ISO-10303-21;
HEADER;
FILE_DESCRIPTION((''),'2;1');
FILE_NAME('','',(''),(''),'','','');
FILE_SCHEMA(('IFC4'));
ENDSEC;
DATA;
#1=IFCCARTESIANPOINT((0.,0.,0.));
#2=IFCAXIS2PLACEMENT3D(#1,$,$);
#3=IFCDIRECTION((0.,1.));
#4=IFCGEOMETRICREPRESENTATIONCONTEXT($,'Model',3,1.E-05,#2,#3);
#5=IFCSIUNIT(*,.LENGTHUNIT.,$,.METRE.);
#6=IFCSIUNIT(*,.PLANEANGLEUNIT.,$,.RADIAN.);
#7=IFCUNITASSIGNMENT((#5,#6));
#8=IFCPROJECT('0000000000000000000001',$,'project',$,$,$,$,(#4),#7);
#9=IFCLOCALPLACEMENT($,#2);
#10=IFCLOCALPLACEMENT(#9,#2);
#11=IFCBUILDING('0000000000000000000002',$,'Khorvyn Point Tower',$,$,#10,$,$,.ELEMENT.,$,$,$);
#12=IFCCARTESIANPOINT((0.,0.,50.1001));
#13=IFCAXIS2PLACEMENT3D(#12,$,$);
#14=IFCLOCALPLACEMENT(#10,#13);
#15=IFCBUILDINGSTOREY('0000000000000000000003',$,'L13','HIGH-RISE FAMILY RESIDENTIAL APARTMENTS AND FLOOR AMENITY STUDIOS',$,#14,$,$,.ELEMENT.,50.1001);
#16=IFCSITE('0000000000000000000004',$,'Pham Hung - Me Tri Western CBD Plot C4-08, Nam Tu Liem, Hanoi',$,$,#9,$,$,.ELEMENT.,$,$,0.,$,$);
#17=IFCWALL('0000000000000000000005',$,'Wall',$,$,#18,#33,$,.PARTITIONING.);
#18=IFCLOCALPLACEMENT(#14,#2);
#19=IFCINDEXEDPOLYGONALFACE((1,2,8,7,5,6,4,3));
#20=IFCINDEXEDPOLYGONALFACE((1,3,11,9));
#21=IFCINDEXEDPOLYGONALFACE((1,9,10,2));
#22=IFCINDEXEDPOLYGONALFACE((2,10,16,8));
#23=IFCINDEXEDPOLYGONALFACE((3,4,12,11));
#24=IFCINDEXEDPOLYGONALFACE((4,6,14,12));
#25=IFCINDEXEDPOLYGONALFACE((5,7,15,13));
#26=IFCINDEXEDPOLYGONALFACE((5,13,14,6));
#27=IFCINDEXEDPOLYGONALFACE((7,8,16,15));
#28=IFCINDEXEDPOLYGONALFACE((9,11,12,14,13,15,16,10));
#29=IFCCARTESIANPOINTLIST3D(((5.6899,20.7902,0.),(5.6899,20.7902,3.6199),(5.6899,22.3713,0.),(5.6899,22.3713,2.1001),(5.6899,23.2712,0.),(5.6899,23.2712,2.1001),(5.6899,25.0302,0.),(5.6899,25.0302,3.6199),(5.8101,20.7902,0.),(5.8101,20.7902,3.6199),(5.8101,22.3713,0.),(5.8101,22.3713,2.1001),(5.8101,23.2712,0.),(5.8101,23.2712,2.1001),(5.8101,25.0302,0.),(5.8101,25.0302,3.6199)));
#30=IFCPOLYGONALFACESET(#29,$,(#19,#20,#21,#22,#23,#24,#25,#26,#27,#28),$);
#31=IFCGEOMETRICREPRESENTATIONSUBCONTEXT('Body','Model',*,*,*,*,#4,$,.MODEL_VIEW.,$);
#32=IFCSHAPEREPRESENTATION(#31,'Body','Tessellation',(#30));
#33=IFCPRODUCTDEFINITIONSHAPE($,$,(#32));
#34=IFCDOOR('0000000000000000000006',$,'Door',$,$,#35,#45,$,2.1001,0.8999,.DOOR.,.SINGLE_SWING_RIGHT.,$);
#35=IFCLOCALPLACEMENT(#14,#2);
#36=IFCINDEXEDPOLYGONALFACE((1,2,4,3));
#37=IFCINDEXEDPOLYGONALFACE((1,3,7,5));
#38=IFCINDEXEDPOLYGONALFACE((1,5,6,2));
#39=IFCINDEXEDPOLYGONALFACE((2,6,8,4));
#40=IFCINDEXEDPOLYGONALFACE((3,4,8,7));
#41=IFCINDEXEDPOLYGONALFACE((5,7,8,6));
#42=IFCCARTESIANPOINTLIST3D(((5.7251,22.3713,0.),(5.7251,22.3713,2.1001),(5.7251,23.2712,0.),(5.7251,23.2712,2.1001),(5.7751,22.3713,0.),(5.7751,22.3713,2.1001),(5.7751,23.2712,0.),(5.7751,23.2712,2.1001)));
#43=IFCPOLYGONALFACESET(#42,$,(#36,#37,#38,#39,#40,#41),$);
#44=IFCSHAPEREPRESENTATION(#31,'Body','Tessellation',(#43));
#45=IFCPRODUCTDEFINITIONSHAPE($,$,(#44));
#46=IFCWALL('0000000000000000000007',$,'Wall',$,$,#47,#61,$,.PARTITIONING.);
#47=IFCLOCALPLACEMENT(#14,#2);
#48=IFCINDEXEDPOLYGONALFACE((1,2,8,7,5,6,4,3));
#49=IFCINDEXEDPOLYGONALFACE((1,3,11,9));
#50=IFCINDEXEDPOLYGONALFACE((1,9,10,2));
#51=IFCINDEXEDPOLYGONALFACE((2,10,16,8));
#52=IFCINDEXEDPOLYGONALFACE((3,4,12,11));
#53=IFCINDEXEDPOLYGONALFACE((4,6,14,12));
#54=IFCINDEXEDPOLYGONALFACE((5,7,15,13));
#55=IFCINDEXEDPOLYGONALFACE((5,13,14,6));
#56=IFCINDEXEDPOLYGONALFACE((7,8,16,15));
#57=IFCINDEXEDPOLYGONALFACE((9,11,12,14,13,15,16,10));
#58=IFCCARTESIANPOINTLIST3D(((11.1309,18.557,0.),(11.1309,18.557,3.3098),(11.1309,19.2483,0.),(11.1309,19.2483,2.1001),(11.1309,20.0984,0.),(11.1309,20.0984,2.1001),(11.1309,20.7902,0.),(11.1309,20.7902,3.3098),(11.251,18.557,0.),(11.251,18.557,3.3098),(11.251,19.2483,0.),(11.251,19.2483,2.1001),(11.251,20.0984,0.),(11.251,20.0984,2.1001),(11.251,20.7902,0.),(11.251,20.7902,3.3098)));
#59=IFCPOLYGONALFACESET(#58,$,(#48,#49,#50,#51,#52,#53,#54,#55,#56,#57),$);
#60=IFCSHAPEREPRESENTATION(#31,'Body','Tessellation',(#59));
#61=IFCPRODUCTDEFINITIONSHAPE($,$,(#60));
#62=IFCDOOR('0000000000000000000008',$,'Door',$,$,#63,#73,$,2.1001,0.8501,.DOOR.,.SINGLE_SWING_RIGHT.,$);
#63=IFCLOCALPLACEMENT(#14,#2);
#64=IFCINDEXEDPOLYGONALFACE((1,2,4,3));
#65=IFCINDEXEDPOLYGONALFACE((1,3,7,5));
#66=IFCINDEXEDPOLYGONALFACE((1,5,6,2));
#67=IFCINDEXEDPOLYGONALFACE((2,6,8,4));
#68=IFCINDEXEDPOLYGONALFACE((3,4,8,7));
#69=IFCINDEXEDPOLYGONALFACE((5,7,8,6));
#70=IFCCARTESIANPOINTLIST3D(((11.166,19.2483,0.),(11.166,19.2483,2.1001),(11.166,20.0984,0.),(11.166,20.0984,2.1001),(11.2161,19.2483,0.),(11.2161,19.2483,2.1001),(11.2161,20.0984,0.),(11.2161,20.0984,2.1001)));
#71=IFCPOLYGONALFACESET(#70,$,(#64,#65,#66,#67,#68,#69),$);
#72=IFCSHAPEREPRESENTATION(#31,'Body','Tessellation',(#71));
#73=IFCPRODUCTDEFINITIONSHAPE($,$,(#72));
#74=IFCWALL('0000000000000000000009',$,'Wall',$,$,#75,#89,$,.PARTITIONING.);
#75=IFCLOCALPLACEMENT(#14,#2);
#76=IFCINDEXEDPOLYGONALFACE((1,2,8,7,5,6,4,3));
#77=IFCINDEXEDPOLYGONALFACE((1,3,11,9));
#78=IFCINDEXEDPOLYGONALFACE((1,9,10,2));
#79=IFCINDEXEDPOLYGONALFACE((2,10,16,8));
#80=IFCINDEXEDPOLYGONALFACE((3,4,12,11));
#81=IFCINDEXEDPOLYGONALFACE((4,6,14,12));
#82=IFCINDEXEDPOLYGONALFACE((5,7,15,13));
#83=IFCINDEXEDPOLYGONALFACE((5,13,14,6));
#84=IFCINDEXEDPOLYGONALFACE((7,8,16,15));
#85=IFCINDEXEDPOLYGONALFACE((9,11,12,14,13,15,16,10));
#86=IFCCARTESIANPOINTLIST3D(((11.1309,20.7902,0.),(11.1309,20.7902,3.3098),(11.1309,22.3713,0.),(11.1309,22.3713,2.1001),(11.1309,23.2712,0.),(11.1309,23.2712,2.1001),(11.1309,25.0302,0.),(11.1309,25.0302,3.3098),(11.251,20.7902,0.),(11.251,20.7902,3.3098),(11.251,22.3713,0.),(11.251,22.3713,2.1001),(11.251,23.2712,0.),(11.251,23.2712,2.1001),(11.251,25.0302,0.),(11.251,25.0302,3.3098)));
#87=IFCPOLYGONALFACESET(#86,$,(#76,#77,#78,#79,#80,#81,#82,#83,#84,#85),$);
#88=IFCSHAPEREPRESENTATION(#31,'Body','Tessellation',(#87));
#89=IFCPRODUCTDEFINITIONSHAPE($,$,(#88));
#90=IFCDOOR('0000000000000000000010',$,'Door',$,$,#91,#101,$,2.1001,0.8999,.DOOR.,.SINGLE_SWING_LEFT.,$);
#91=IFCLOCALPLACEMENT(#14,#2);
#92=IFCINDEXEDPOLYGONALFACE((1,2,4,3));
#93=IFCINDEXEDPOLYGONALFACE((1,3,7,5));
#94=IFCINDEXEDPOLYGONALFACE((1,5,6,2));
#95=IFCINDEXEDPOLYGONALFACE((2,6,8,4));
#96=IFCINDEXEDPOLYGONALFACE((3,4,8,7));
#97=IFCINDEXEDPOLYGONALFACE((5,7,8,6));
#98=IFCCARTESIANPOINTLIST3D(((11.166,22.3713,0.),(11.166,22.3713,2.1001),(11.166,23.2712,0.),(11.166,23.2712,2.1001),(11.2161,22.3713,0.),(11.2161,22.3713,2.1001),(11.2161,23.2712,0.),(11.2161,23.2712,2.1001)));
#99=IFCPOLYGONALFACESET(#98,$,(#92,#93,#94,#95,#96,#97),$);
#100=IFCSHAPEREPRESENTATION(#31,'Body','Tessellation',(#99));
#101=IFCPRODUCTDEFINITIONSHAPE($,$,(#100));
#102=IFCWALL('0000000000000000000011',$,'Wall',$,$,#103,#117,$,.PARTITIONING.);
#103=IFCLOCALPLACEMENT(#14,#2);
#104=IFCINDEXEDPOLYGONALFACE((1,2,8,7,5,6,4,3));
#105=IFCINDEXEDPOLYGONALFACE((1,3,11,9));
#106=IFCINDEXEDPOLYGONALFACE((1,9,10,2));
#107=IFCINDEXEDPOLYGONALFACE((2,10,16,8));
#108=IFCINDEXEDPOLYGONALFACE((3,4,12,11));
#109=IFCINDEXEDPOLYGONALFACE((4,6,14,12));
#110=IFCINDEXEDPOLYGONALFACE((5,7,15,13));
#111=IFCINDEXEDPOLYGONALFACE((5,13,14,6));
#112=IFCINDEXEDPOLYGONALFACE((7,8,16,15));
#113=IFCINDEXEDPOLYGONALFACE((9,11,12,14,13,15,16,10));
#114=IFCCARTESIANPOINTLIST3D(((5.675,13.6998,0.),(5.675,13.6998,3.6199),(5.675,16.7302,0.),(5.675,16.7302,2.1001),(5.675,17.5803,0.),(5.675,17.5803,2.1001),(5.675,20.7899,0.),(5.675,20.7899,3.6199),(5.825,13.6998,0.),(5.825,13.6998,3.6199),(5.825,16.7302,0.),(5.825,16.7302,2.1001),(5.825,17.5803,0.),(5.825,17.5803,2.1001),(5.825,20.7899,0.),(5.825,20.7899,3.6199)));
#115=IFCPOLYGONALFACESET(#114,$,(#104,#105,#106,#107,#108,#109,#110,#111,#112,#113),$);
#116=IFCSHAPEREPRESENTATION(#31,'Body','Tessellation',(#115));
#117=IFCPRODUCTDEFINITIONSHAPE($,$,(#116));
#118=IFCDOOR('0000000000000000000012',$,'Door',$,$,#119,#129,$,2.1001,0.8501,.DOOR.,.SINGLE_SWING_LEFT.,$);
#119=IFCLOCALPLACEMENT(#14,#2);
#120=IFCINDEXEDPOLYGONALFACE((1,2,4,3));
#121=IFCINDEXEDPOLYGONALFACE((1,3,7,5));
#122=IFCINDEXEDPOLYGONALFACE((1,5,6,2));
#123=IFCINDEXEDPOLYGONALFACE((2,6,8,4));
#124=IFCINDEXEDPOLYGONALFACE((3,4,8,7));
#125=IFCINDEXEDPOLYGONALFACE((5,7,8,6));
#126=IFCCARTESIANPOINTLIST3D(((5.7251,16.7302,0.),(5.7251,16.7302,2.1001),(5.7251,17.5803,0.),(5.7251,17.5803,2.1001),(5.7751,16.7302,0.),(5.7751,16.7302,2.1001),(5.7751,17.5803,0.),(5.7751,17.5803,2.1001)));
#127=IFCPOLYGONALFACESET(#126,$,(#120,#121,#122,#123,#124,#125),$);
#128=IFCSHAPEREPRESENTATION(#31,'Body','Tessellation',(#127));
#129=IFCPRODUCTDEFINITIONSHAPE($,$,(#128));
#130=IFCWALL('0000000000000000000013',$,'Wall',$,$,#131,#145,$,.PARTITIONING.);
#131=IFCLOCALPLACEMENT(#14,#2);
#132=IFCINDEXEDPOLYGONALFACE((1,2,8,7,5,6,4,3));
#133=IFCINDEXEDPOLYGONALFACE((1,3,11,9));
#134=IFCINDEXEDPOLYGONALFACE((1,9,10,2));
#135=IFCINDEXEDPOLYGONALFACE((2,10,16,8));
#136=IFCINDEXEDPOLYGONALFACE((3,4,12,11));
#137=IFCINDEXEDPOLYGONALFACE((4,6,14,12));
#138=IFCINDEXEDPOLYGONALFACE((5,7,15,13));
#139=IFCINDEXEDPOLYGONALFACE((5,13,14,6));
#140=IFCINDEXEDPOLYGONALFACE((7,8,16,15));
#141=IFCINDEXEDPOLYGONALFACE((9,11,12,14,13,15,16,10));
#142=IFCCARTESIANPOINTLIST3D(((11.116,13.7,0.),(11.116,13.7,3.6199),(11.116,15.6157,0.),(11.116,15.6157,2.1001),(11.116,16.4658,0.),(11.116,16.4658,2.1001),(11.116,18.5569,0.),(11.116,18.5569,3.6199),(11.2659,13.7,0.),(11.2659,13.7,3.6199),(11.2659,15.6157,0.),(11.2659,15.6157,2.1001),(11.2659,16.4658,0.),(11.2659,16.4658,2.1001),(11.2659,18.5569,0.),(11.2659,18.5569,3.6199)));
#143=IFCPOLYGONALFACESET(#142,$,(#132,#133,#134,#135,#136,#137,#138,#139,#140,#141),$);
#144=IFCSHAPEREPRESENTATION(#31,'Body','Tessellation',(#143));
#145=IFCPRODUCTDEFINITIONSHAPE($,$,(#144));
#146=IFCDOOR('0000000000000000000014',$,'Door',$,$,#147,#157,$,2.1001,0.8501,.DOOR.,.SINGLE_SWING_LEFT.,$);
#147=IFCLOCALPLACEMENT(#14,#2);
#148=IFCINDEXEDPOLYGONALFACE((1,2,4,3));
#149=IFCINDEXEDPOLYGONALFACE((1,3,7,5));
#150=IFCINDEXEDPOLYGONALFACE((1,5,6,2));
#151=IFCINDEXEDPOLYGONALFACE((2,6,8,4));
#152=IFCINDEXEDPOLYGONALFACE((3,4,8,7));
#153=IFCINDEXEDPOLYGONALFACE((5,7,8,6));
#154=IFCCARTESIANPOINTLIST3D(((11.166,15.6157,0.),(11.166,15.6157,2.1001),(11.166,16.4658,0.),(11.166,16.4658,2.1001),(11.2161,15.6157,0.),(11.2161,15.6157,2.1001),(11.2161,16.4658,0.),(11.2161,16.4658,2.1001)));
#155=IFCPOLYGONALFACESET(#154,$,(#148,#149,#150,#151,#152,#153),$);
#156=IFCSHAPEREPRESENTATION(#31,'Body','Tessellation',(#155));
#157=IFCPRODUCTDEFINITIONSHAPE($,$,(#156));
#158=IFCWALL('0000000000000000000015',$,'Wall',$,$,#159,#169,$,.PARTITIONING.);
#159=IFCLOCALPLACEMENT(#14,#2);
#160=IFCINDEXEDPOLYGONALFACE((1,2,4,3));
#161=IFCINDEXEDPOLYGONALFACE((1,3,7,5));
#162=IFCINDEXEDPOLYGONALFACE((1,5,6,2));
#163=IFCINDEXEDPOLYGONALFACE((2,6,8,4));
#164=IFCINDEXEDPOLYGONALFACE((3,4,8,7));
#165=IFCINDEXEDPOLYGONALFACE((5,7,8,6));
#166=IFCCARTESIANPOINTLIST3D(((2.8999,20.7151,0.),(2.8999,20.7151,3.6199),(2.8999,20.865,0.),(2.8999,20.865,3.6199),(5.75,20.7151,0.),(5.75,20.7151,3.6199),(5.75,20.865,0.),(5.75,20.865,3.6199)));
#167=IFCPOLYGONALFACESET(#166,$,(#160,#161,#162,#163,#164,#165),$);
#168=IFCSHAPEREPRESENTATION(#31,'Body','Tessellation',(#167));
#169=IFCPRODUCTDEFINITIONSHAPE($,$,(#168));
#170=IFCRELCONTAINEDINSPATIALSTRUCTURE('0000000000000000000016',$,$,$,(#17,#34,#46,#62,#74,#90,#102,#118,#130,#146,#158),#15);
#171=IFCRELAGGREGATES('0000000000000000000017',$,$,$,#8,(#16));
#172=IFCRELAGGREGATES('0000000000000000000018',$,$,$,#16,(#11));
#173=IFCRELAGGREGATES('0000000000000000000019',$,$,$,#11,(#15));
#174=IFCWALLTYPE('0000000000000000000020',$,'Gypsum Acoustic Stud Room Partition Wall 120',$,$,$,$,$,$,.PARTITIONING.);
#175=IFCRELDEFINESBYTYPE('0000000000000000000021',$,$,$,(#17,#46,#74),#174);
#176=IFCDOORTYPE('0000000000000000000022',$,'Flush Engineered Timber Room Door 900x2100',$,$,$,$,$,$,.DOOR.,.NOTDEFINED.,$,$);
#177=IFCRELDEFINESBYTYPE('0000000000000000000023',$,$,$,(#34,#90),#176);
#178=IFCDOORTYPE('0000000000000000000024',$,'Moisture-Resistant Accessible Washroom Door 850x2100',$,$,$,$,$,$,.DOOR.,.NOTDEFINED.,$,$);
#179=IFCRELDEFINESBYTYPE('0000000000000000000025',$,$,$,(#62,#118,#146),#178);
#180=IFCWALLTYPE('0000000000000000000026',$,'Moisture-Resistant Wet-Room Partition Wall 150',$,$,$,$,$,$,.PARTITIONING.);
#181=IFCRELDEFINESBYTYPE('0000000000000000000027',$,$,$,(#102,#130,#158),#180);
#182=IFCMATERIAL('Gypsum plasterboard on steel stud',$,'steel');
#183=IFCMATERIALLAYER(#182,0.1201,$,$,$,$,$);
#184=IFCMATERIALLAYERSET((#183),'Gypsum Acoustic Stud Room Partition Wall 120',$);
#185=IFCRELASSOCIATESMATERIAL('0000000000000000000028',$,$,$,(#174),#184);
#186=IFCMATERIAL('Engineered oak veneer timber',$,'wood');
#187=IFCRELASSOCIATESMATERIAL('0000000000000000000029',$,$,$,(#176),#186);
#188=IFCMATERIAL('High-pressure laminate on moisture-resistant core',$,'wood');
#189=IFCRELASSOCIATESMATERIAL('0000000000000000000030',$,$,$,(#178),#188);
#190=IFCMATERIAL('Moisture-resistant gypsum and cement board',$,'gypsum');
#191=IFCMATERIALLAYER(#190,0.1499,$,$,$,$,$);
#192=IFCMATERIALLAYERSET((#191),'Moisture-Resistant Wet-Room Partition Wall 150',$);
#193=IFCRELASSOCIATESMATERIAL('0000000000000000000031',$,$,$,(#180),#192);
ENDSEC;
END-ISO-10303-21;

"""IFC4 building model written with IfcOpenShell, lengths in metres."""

from ifc_helpers import new_model, si_unit, direction, frame, frame_2d, origin, place, context, subcontext, project, spatial, rectangle, extrude, material, layer, layer_set, type_object, element, fill, save


model = new_model("IFC4")

# Units and contexts
model_context = context("Model", 3, precision=1e-05, world=origin(), true_north=direction((0.0, 1.0)))
body_context = subcontext(model_context, "Body", "Model", "MODEL_VIEW")
ifc_project = project(units=[si_unit("LENGTHUNIT", "METRE"), si_unit("PLANEANGLEUNIT", "RADIAN")], contexts=[model_context])

# Site, building, storey
site_placement = place(None, origin())
site = spatial("IfcSite", under=ifc_project, at=site_placement, Name="Pham Hung - Me Tri Western CBD Plot C4-08, Nam Tu Liem, Hanoi", CompositionType="ELEMENT", RefElevation=0.0)
building_placement = place(site_placement, origin())
building = spatial("IfcBuilding", under=site, at=building_placement, Name="Khorvyn Point Tower", CompositionType="ELEMENT")
storey_placement = place(building_placement, frame((0.0, 0.0, 50.1001)))
storey = spatial("IfcBuildingStorey", under=building, at=storey_placement, Name="L13", Description="HIGH-RISE FAMILY RESIDENTIAL APARTMENTS AND FLOOR AMENITY STUDIOS", CompositionType="ELEMENT", Elevation=50.1001)

# Walls, openings, doors
ifc_material_1 = material(Name="Gypsum plasterboard on steel stud", Category="steel")
ifc_layer_1 = layer(ifc_material_1, 0.1201)
ifc_layer_set_1 = layer_set([ifc_layer_1], Name="Gypsum Acoustic Stud Room Partition Wall 120")
wall_type_1 = type_object("IfcWallType", Name="Gypsum Acoustic Stud Room Partition Wall 120", PredefinedType="PARTITIONING", material=ifc_layer_set_1)
wall_1_placement = place(storey_placement, frame((5.75, 20.79, 0.0), z_axis=(0.0, 0.0, 1.0), x_axis=(0.0, 1.0, 0.0)))
wall_1 = element("IfcWall", 1, at=wall_1_placement, inside=storey, type_object=wall_type_1, Name="Wall", PredefinedType="PARTITIONING", context=body_context, shape_type="SweptSolid", body=[
    extrude(rectangle(XDim=4.24, YDim=0.1201, at=frame_2d((2.1201, 0.0))), origin(), (0.0, 0.0, 1.0), 3.6199),
])
opening_1_placement = place(wall_1_placement, frame((1.5813, 0.0, 0.0)))
opening_1 = element("IfcOpeningElement", 2, at=opening_1_placement, cuts=wall_1, PredefinedType="OPENING", context=body_context, shape_type="SweptSolid", body=[
    extrude(rectangle(XDim=0.8999, YDim=2.1001, at=frame_2d((0.45, 1.05))), frame((0.0, 0.0701, 0.0), z_axis=(0.0, -1.0, 0.0), x_axis=(1.0, 0.0, 0.0)), (0.0, 0.0, 1.0), 0.1401),
])
ifc_material_2 = material(Name="Engineered oak veneer timber", Category="wood")
door_type_1 = type_object("IfcDoorType", Name="Flush Engineered Timber Room Door 900x2100", OperationType="NOTDEFINED", PredefinedType="DOOR", material=ifc_material_2)
door_1_placement = place(opening_1_placement, origin())
door_1 = element("IfcDoor", 3, at=door_1_placement, inside=storey, type_object=door_type_1, Name="Door", OperationType="SINGLE_SWING_RIGHT", OverallHeight=2.1001, OverallWidth=0.8999, PredefinedType="DOOR", context=body_context, shape_type="SweptSolid", body=[
    extrude(rectangle(XDim=0.8999, YDim=2.1001, at=frame_2d((0.45, 1.05))), frame((0.0, 0.0249, 0.0), z_axis=(0.0, -1.0, 0.0), x_axis=(1.0, 0.0, 0.0)), (0.0, 0.0, 1.0), 0.05),
])
fill(opening_1, door_1)
wall_2_placement = place(storey_placement, frame((11.1909, 18.5569, 0.0), z_axis=(0.0, 0.0, 1.0), x_axis=(0.0, 1.0, 0.0)))
wall_2 = element("IfcWall", 4, at=wall_2_placement, inside=storey, type_object=wall_type_1, Name="Wall", PredefinedType="PARTITIONING", context=body_context, shape_type="SweptSolid", body=[
    extrude(rectangle(XDim=2.2332, YDim=0.1201, at=frame_2d((1.1167, 0.0))), origin(), (0.0, 0.0, 1.0), 3.3098),
])
opening_2_placement = place(wall_2_placement, frame((0.6914, 0.0, 0.0)))
opening_2 = element("IfcOpeningElement", 5, at=opening_2_placement, cuts=wall_2, PredefinedType="OPENING", context=body_context, shape_type="SweptSolid", body=[
    extrude(rectangle(XDim=0.8501, YDim=2.1001, at=frame_2d((0.425, 1.05))), frame((0.0, 0.0701, 0.0), z_axis=(0.0, -1.0, 0.0), x_axis=(1.0, 0.0, 0.0)), (0.0, 0.0, 1.0), 0.1401),
])
ifc_material_3 = material(Name="High-pressure laminate on moisture-resistant core", Category="wood")
door_type_2 = type_object("IfcDoorType", Name="Moisture-Resistant Accessible Washroom Door 850x2100", OperationType="NOTDEFINED", PredefinedType="DOOR", material=ifc_material_3)
door_2_placement = place(opening_2_placement, origin())
door_2 = element("IfcDoor", 6, at=door_2_placement, inside=storey, type_object=door_type_2, Name="Door", OperationType="SINGLE_SWING_RIGHT", OverallHeight=2.1001, OverallWidth=0.8501, PredefinedType="DOOR", context=body_context, shape_type="SweptSolid", body=[
    extrude(rectangle(XDim=0.8501, YDim=2.1001, at=frame_2d((0.425, 1.05))), frame((0.0, 0.0249, 0.0), z_axis=(0.0, -1.0, 0.0), x_axis=(1.0, 0.0, 0.0)), (0.0, 0.0, 1.0), 0.05),
])
fill(opening_2, door_2)
wall_3_placement = place(storey_placement, frame((11.1909, 20.79, 0.0), z_axis=(0.0, 0.0, 1.0), x_axis=(0.0, 1.0, 0.0)))
wall_3 = element("IfcWall", 7, at=wall_3_placement, inside=storey, type_object=wall_type_1, Name="Wall", PredefinedType="PARTITIONING", context=body_context, shape_type="SweptSolid", body=[
    extrude(rectangle(XDim=4.24, YDim=0.1201, at=frame_2d((2.1201, 0.0))), origin(), (0.0, 0.0, 1.0), 3.3098),
])
opening_3_placement = place(wall_3_placement, frame((1.5813, 0.0, 0.0)))
opening_3 = element("IfcOpeningElement", 8, at=opening_3_placement, cuts=wall_3, PredefinedType="OPENING", context=body_context, shape_type="SweptSolid", body=[
    extrude(rectangle(XDim=0.8999, YDim=2.1001, at=frame_2d((0.45, 1.05))), frame((0.0, 0.0701, 0.0), z_axis=(0.0, -1.0, 0.0), x_axis=(1.0, 0.0, 0.0)), (0.0, 0.0, 1.0), 0.1401),
])
door_3_placement = place(opening_3_placement, origin())
door_3 = element("IfcDoor", 9, at=door_3_placement, inside=storey, type_object=door_type_1, Name="Door", OperationType="SINGLE_SWING_LEFT", OverallHeight=2.1001, OverallWidth=0.8999, PredefinedType="DOOR", context=body_context, shape_type="SweptSolid", body=[
    extrude(rectangle(XDim=0.8999, YDim=2.1001, at=frame_2d((0.45, 1.05))), frame((0.0, 0.0249, 0.0), z_axis=(0.0, -1.0, 0.0), x_axis=(1.0, 0.0, 0.0)), (0.0, 0.0, 1.0), 0.05),
])
fill(opening_3, door_3)
ifc_material_4 = material(Name="Moisture-resistant gypsum and cement board", Category="gypsum")
ifc_layer_2 = layer(ifc_material_4, 0.1499)
ifc_layer_set_2 = layer_set([ifc_layer_2], Name="Moisture-Resistant Wet-Room Partition Wall 150")
wall_type_2 = type_object("IfcWallType", Name="Moisture-Resistant Wet-Room Partition Wall 150", PredefinedType="PARTITIONING", material=ifc_layer_set_2)
wall_4_placement = place(storey_placement, frame((5.75, 13.7, 0.0), z_axis=(0.0, 0.0, 1.0), x_axis=(0.0, 1.0, 0.0)))
wall_4 = element("IfcWall", 10, at=wall_4_placement, inside=storey, type_object=wall_type_2, Name="Wall", PredefinedType="PARTITIONING", context=body_context, shape_type="SweptSolid", body=[
    extrude(rectangle(XDim=7.0901, YDim=0.1499, at=frame_2d((3.5449, 0.0))), origin(), (0.0, 0.0, 1.0), 3.6199),
])
opening_4_placement = place(wall_4_placement, frame((3.0303, 0.0, 0.0)))
opening_4 = element("IfcOpeningElement", 11, at=opening_4_placement, cuts=wall_4, PredefinedType="OPENING", context=body_context, shape_type="SweptSolid", body=[
    extrude(rectangle(XDim=0.8501, YDim=2.1001, at=frame_2d((0.425, 1.05))), frame((0.0, 0.085, 0.0), z_axis=(0.0, -1.0, 0.0), x_axis=(1.0, 0.0, 0.0)), (0.0, 0.0, 1.0), 0.1699),
])
door_4_placement = place(opening_4_placement, origin())
door_4 = element("IfcDoor", 12, at=door_4_placement, inside=storey, type_object=door_type_2, Name="Door", OperationType="SINGLE_SWING_LEFT", OverallHeight=2.1001, OverallWidth=0.8501, PredefinedType="DOOR", context=body_context, shape_type="SweptSolid", body=[
    extrude(rectangle(XDim=0.8501, YDim=2.1001, at=frame_2d((0.425, 1.05))), frame((0.0, 0.0249, 0.0), z_axis=(0.0, -1.0, 0.0), x_axis=(1.0, 0.0, 0.0)), (0.0, 0.0, 1.0), 0.05),
])
fill(opening_4, door_4)
wall_5_placement = place(storey_placement, frame((11.1909, 13.7, 0.0), z_axis=(0.0, 0.0, 1.0), x_axis=(0.0, 1.0, 0.0)))
wall_5 = element("IfcWall", 13, at=wall_5_placement, inside=storey, type_object=wall_type_2, Name="Wall", PredefinedType="PARTITIONING", context=body_context, shape_type="SweptSolid", body=[
    extrude(rectangle(XDim=4.8569, YDim=0.1499, at=frame_2d((2.4285, 0.0))), origin(), (0.0, 0.0, 1.0), 3.6199),
])
opening_5_placement = place(wall_5_placement, frame((1.9158, 0.0, 0.0)))
opening_5 = element("IfcOpeningElement", 14, at=opening_5_placement, cuts=wall_5, PredefinedType="OPENING", context=body_context, shape_type="SweptSolid", body=[
    extrude(rectangle(XDim=0.8501, YDim=2.1001, at=frame_2d((0.425, 1.05))), frame((0.0, 0.085, 0.0), z_axis=(0.0, -1.0, 0.0), x_axis=(1.0, 0.0, 0.0)), (0.0, 0.0, 1.0), 0.1699),
])
door_5_placement = place(opening_5_placement, origin())
door_5 = element("IfcDoor", 15, at=door_5_placement, inside=storey, type_object=door_type_2, Name="Door", OperationType="SINGLE_SWING_LEFT", OverallHeight=2.1001, OverallWidth=0.8501, PredefinedType="DOOR", context=body_context, shape_type="SweptSolid", body=[
    extrude(rectangle(XDim=0.8501, YDim=2.1001, at=frame_2d((0.425, 1.05))), frame((0.0, 0.0249, 0.0), z_axis=(0.0, -1.0, 0.0), x_axis=(1.0, 0.0, 0.0)), (0.0, 0.0, 1.0), 0.05),
])
fill(opening_5, door_5)

# Wall
wall_6_placement = place(storey_placement, frame((2.8999, 20.79, 0.0), z_axis=(0.0, 0.0, 1.0), x_axis=(1.0, 0.0, 0.0)))
element("IfcWall", 16, at=wall_6_placement, inside=storey, type_object=wall_type_2, Name="Wall", PredefinedType="PARTITIONING", context=body_context, shape_type="SweptSolid", body=[
    extrude(rectangle(XDim=2.8501, YDim=0.1499, at=frame_2d((1.425, 0.0))), origin(), (0.0, 0.0, 1.0), 3.6199),
])

save(model, "model.ifc")
